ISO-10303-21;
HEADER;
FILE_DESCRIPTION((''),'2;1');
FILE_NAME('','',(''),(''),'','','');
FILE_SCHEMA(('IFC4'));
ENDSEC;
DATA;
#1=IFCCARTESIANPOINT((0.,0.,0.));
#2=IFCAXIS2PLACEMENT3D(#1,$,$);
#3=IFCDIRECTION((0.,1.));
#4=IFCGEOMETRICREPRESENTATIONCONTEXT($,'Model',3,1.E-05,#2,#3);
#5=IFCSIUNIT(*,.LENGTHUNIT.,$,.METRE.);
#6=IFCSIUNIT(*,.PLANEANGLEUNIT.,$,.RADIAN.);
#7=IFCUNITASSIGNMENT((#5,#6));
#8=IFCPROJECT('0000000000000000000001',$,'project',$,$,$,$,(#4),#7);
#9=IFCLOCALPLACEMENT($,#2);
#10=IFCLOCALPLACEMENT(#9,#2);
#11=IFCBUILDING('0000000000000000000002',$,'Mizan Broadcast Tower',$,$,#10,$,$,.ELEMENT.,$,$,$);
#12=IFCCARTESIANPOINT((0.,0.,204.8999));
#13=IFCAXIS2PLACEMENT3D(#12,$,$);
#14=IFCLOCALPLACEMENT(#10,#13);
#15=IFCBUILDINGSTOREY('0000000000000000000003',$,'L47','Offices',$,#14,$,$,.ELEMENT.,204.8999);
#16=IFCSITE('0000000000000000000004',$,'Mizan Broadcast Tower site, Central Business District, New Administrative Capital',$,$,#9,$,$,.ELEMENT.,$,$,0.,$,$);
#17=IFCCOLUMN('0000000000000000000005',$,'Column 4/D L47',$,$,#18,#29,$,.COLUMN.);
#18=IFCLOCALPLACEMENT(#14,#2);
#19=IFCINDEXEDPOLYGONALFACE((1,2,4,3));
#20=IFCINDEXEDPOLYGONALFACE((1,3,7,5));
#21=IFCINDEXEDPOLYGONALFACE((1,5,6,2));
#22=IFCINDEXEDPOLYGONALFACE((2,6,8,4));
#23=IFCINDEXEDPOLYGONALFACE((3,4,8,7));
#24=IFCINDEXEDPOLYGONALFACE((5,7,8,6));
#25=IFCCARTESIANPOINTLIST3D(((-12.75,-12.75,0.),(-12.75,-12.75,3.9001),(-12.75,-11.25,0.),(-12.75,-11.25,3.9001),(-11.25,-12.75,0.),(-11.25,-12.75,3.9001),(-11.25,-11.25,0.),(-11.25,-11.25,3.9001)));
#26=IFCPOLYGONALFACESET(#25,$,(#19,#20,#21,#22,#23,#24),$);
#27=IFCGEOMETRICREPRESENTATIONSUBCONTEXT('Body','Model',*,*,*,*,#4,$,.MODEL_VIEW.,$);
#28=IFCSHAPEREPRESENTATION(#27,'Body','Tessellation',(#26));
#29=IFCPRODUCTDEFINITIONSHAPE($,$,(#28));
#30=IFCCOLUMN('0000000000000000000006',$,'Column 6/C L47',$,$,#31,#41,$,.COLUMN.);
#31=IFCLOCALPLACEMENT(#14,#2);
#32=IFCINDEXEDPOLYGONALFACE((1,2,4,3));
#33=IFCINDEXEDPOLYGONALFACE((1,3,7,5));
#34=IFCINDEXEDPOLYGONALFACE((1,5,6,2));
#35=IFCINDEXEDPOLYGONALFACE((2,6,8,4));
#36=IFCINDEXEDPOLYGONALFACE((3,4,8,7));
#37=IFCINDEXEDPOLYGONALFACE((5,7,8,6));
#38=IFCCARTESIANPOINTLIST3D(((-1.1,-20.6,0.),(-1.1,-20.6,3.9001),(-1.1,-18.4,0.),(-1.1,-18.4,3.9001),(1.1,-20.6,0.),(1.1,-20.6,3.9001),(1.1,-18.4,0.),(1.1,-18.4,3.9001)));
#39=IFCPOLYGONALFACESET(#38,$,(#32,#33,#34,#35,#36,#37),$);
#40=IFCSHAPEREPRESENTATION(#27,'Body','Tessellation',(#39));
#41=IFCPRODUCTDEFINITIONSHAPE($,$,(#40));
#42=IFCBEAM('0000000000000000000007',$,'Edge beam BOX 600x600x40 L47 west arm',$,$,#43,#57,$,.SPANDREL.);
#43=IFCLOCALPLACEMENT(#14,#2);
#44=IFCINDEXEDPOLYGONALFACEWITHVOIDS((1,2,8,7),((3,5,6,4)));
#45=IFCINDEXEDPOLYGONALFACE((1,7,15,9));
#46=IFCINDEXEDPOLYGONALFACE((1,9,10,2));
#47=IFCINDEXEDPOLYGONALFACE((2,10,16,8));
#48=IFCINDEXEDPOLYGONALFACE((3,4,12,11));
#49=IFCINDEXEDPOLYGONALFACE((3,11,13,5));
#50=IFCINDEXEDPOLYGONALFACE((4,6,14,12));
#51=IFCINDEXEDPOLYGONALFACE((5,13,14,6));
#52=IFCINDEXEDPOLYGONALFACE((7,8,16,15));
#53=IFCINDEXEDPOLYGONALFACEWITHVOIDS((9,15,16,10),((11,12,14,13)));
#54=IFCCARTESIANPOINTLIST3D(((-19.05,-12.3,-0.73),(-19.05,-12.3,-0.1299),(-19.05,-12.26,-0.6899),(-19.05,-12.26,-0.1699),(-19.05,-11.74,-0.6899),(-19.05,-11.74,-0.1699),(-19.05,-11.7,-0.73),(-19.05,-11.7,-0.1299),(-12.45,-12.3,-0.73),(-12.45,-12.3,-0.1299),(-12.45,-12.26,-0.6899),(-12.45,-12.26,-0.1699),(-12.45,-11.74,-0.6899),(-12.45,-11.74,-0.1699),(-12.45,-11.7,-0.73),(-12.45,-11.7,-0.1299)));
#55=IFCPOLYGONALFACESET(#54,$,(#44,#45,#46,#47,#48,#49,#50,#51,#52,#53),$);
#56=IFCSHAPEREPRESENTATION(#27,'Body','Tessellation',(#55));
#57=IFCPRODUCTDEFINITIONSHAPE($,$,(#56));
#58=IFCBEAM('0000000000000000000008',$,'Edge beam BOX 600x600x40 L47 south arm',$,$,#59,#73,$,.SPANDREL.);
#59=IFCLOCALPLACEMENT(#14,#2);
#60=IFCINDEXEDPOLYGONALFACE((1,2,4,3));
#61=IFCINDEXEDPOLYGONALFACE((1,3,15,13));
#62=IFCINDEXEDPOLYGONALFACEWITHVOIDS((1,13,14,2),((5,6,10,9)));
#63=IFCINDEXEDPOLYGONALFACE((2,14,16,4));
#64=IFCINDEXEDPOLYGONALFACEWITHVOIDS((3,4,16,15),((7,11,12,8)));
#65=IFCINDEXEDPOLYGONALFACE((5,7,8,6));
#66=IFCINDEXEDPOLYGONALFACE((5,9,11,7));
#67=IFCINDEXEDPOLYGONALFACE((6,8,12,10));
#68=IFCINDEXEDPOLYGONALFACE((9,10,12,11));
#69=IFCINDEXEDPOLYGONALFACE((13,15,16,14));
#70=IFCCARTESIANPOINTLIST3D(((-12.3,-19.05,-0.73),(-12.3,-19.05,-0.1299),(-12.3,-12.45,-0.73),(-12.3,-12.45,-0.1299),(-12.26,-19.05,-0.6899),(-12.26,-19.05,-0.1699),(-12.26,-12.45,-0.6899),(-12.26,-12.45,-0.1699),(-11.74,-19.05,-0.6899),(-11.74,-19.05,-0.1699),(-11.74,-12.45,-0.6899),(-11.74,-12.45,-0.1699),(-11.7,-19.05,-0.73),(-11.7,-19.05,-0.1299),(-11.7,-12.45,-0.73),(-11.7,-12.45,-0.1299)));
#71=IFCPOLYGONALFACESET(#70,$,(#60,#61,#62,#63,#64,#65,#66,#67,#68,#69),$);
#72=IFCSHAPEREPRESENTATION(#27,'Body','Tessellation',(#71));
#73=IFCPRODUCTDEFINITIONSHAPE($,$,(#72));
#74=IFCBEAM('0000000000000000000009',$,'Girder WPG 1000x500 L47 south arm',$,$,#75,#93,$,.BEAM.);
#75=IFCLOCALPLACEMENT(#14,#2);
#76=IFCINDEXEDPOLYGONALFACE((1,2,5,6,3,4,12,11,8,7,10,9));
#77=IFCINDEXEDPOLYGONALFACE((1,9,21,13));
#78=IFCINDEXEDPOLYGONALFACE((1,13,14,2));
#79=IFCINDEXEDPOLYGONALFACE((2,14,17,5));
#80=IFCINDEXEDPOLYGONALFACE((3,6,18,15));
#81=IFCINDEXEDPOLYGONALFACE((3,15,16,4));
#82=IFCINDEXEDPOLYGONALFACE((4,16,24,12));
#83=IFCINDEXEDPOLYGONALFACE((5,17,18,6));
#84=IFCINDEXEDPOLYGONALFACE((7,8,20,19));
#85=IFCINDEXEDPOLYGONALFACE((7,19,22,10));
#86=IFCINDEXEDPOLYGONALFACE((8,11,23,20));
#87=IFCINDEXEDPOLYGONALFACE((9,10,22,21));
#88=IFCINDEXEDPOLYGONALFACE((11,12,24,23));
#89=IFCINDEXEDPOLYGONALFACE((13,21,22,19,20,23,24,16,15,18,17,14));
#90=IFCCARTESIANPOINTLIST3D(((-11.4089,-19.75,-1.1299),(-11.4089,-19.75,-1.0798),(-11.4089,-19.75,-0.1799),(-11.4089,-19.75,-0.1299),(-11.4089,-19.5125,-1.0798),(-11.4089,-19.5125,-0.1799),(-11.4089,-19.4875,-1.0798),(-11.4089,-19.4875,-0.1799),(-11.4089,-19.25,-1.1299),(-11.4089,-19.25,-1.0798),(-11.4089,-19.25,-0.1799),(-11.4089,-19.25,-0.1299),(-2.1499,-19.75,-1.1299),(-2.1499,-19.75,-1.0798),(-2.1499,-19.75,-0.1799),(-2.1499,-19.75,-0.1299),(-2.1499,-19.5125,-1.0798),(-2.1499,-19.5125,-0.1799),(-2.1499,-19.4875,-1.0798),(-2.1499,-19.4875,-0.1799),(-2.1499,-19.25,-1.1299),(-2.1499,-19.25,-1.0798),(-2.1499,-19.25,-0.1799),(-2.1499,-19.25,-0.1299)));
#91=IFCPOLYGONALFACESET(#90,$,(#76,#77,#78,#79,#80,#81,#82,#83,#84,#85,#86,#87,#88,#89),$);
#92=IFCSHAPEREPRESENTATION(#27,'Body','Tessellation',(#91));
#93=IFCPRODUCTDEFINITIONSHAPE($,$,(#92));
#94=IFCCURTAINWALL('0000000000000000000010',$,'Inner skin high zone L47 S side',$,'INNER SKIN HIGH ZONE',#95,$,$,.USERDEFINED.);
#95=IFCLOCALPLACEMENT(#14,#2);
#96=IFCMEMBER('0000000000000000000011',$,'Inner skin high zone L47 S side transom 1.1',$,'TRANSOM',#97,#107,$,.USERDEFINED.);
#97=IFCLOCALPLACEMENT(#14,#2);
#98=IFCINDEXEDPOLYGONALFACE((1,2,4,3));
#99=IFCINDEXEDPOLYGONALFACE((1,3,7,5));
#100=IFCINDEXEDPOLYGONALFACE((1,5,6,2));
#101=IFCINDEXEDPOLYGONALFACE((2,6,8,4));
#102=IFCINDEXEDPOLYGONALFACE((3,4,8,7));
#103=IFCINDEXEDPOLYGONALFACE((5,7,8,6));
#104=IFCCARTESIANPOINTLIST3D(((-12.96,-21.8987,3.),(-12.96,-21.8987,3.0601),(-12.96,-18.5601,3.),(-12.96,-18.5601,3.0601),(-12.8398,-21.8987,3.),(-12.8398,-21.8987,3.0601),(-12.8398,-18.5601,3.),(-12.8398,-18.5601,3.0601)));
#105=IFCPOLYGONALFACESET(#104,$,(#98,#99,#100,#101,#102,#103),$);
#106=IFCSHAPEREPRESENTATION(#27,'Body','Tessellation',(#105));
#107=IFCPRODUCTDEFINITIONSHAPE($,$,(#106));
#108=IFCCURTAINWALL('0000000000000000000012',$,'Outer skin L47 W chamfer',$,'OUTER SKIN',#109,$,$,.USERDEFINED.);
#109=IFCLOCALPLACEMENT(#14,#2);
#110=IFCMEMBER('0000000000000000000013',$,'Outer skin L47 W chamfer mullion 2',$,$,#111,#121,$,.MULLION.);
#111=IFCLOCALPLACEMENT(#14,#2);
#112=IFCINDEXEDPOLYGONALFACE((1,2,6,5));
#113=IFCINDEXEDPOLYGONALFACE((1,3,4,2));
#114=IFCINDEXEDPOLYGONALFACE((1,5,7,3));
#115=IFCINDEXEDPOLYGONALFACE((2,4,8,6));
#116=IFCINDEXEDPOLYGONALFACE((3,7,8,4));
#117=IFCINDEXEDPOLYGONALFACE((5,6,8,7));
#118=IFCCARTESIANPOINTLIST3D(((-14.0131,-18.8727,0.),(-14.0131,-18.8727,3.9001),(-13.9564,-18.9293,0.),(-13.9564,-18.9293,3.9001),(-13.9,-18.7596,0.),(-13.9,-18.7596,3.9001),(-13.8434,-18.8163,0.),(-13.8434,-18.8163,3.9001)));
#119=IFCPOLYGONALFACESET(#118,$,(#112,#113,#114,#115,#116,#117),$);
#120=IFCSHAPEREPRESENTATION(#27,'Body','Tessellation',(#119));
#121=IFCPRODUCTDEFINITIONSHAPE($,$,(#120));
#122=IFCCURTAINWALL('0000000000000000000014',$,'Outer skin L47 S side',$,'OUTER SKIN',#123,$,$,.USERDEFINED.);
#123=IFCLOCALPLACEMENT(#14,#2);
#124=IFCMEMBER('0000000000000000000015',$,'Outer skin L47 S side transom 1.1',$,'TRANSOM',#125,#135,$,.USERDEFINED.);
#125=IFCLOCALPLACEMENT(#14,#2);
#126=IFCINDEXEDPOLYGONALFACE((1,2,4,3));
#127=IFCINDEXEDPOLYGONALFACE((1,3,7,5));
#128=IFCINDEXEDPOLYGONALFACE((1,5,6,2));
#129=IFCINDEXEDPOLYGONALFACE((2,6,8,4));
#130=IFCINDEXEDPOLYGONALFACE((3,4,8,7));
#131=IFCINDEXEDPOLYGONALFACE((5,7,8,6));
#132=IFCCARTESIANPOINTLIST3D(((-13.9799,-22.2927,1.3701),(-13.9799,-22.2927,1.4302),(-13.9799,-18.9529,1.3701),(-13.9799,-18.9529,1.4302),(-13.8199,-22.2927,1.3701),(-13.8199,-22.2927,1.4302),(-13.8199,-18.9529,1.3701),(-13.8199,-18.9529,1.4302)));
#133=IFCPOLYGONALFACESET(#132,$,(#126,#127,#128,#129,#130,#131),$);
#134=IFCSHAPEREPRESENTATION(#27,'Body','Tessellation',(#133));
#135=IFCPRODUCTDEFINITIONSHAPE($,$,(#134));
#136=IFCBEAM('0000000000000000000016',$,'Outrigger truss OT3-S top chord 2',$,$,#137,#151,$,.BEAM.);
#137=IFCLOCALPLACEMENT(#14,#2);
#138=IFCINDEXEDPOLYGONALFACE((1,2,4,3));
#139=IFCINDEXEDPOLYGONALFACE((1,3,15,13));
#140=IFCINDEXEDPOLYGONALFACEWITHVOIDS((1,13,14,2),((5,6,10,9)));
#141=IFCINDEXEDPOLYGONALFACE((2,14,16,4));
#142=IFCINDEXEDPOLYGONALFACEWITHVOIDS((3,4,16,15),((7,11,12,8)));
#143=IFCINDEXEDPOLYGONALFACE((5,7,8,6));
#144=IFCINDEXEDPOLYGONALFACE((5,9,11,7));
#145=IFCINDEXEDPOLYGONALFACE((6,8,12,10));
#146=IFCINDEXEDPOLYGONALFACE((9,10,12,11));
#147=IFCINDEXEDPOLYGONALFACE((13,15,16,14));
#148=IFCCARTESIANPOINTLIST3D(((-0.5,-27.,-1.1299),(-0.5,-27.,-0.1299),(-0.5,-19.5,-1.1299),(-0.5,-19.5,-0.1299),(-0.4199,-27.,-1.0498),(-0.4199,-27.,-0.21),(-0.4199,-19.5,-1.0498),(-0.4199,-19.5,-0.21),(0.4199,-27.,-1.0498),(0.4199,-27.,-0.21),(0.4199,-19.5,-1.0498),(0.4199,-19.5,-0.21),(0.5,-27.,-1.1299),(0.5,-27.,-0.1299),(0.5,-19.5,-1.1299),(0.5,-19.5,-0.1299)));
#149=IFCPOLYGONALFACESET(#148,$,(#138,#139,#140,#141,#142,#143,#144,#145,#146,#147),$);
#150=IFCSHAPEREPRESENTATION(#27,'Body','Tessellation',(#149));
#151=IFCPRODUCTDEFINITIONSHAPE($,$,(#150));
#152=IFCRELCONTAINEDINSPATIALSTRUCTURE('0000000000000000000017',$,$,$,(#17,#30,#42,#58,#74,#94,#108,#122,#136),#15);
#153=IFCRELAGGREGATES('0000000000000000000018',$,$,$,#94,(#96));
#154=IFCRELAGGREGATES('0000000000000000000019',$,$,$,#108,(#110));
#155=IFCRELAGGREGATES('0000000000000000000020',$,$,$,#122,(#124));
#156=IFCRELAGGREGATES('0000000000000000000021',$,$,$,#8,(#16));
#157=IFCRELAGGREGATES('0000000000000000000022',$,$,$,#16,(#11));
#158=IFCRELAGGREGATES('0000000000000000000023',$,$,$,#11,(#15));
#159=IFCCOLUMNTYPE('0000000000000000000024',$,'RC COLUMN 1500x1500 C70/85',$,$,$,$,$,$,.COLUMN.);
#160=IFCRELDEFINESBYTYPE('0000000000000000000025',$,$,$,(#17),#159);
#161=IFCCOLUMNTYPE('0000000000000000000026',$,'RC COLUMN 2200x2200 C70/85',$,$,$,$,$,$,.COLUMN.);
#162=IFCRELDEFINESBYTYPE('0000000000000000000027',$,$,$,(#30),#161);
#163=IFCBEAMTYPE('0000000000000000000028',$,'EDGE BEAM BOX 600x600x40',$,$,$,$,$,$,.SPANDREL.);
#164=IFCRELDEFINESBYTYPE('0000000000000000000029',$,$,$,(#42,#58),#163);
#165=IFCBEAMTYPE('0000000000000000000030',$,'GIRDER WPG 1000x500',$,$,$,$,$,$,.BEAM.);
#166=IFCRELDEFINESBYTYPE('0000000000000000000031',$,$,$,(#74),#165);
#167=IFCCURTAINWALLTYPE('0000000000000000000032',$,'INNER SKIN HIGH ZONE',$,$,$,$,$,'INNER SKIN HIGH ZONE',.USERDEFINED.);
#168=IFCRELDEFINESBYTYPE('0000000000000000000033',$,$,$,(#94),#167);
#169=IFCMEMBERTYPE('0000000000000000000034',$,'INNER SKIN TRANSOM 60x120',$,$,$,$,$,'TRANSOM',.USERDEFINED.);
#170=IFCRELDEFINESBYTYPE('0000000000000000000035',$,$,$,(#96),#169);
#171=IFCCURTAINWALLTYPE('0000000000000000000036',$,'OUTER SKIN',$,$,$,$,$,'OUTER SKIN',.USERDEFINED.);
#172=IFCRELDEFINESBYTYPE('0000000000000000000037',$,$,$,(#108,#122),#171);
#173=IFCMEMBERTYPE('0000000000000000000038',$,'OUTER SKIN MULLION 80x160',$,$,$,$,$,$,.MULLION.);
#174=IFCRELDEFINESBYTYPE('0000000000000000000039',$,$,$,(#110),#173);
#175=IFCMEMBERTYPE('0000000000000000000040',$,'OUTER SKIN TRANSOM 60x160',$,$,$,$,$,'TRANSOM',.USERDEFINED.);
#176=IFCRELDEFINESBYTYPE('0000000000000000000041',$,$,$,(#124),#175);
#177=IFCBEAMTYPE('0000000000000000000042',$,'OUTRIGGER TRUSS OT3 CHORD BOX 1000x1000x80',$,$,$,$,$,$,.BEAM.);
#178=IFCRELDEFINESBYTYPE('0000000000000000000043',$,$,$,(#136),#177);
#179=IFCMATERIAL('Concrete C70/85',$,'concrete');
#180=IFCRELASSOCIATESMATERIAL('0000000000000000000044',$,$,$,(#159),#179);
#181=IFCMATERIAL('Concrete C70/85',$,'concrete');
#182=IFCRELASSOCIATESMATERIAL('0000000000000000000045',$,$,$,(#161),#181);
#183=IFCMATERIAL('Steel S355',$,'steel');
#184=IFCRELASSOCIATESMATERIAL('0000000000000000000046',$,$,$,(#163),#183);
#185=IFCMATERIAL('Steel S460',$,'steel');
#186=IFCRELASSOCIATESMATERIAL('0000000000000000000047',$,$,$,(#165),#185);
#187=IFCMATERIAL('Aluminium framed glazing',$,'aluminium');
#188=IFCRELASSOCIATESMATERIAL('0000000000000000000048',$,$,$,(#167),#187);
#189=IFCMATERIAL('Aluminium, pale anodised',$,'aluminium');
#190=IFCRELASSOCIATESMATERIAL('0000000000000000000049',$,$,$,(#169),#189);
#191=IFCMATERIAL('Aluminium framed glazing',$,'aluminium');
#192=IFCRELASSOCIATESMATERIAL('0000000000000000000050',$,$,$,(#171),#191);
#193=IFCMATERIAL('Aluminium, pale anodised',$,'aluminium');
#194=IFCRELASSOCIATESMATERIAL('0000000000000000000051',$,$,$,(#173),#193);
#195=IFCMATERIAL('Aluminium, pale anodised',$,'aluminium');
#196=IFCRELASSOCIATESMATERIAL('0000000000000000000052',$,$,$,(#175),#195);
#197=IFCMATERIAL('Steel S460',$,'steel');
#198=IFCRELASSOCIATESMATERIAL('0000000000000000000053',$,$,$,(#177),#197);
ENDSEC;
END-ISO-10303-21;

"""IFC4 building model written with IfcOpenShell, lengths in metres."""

from ifc_helpers import new_model, si_unit, direction, frame, origin, origin_2d, place, context, subcontext, project, spatial, rectangle, hollow_rectangle, i_section, extrude, material, material_profile, profile_set, type_object, element, aggregate, save


model = new_model("IFC4")

# Units and contexts
model_context = context("Model", 3, precision=1e-05, world=origin(), true_north=direction((0.0, 1.0)))
body_context = subcontext(model_context, "Body", "Model", "MODEL_VIEW")
ifc_project = project(units=[si_unit("LENGTHUNIT", "METRE"), si_unit("PLANEANGLEUNIT", "RADIAN")], contexts=[model_context])

# Site, building, storey
site_placement = place(None, origin())
site = spatial("IfcSite", under=ifc_project, at=site_placement, Name="Mizan Broadcast Tower site, Central Business District, New Administrative Capital", CompositionType="ELEMENT", RefElevation=0.0)
building_placement = place(site_placement, origin())
building = spatial("IfcBuilding", under=site, at=building_placement, Name="Mizan Broadcast Tower", CompositionType="ELEMENT")
storey_placement = place(building_placement, frame((0.0, 0.0, 204.8999)))
storey = spatial("IfcBuildingStorey", under=building, at=storey_placement, Name="L47", Description="Offices", CompositionType="ELEMENT", Elevation=204.8999)

# Columns
ifc_material_1 = material(Name="Concrete C70/85", Category="concrete")
ifc_material_profile_1 = material_profile(ifc_material_1, rectangle(XDim=1.5, YDim=1.5, at=origin_2d()), Name="RC 1500x1500")
ifc_profile_set_1 = profile_set([ifc_material_profile_1], Name="Concrete C70/85")
column_type_1 = type_object("IfcColumnType", Name="RC COLUMN 1500x1500 C70/85", PredefinedType="COLUMN", material=ifc_profile_set_1)
column_1_placement = place(storey_placement, frame((-12.0, -12.0, 0.0), z_axis=(0.0, 0.0, 1.0), x_axis=(1.0, 0.0, 0.0)))
element("IfcColumn", 1, at=column_1_placement, inside=storey, type_object=column_type_1, Name="Column 4/D L47", PredefinedType="COLUMN", context=body_context, shape_type="SweptSolid", body=[
    extrude(rectangle(XDim=1.5, YDim=1.5, at=origin_2d()), origin(), (0.0, 0.0, 1.0), 3.9001),
])
ifc_material_2 = material(Name="Concrete C70/85", Category="concrete")
ifc_material_profile_2 = material_profile(ifc_material_2, rectangle(XDim=2.2, YDim=2.2, at=origin_2d()), Name="RC 2200x2200")
ifc_profile_set_2 = profile_set([ifc_material_profile_2], Name="Concrete C70/85")
column_type_2 = type_object("IfcColumnType", Name="RC COLUMN 2200x2200 C70/85", PredefinedType="COLUMN", material=ifc_profile_set_2)
column_2_placement = place(storey_placement, frame((0.0, -19.5, 0.0), z_axis=(0.0, 0.0, 1.0), x_axis=(1.0, 0.0, 0.0)))
element("IfcColumn", 2, at=column_2_placement, inside=storey, type_object=column_type_2, Name="Column 6/C L47", PredefinedType="COLUMN", context=body_context, shape_type="SweptSolid", body=[
    extrude(rectangle(XDim=2.2, YDim=2.2, at=origin_2d()), origin(), (0.0, 0.0, 1.0), 3.9001),
])

# Beams
ifc_material_3 = material(Name="Steel S355", Category="steel")
ifc_material_profile_3 = material_profile(ifc_material_3, hollow_rectangle(XDim=0.6001, YDim=0.6001, WallThickness=0.04, at=origin_2d()), Name="BOX 600x600x40")
ifc_profile_set_3 = profile_set([ifc_material_profile_3], Name="Steel S355")
beam_type_1 = type_object("IfcBeamType", Name="EDGE BEAM BOX 600x600x40", PredefinedType="SPANDREL", material=ifc_profile_set_3)
for number, where, z_axis, x_axis, name in (
    (3, (-12.45, -12.0, -0.4299), (-1.0, 0.0, 0.0), (0.0, -1.0, 0.0), "Edge beam BOX 600x600x40 L47 west arm"),
    (4, (-12.0, -12.45, -0.4299), (0.0, -1.0, 0.0), (1.0, 0.0, 0.0), "Edge beam BOX 600x600x40 L47 south arm"),
):
    element("IfcBeam", number, at=place(storey_placement, frame(where, z_axis=z_axis, x_axis=x_axis)), inside=storey, type_object=beam_type_1, Name=name, PredefinedType="SPANDREL", context=body_context, shape_type="SweptSolid", body=[
        extrude(hollow_rectangle(XDim=0.6001, YDim=0.6001, WallThickness=0.04, at=origin_2d()), origin(), (0.0, 0.0, 1.0), 6.6001),
    ])
ifc_material_4 = material(Name="Steel S460", Category="steel")
ifc_material_profile_4 = material_profile(ifc_material_4, i_section(OverallWidth=0.5, OverallDepth=1.0, WebThickness=0.0249, FlangeThickness=0.05, at=origin_2d()), Name="WPG 1000x500")
ifc_profile_set_4 = profile_set([ifc_material_profile_4], Name="Steel S460")
beam_type_2 = type_object("IfcBeamType", Name="GIRDER WPG 1000x500", PredefinedType="BEAM", material=ifc_profile_set_4)
beam_1_placement = place(storey_placement, frame((-11.4089, -19.5, -0.6299), z_axis=(1.0, 0.0, 0.0), x_axis=(0.0, 1.0, 0.0)))
element("IfcBeam", 5, at=beam_1_placement, inside=storey, type_object=beam_type_2, Name="Girder WPG 1000x500 L47 south arm", PredefinedType="BEAM", context=body_context, shape_type="SweptSolid", body=[
    extrude(i_section(OverallWidth=0.5, OverallDepth=1.0, WebThickness=0.0249, FlangeThickness=0.05, at=origin_2d()), origin(), (0.0, 0.0, 1.0), 9.259),
])

# Curtain walls, members
ifc_material_5 = material(Name="Aluminium framed glazing", Category="aluminium")
curtain_wall_type_1 = type_object("IfcCurtainWallType", Name="INNER SKIN HIGH ZONE", ElementType="INNER SKIN HIGH ZONE", PredefinedType="USERDEFINED", material=ifc_material_5)
curtain_wall_1_placement = place(storey_placement, origin())
curtain_wall_1 = element("IfcCurtainWall", 6, at=curtain_wall_1_placement, inside=storey, type_object=curtain_wall_type_1, Name="Inner skin high zone L47 S side", ObjectType="INNER SKIN HIGH ZONE", PredefinedType="USERDEFINED")
ifc_material_6 = material(Name="Aluminium, pale anodised", Category="aluminium")
ifc_material_profile_5 = material_profile(ifc_material_6, rectangle(XDim=0.1201, YDim=0.0601, at=origin_2d()), Name="TRANSOM 120x60")
ifc_profile_set_5 = profile_set([ifc_material_profile_5], Name="Aluminium, pale anodised")
member_type_1 = type_object("IfcMemberType", Name="INNER SKIN TRANSOM 60x120", ElementType="TRANSOM", PredefinedType="USERDEFINED", material=ifc_profile_set_5)
member_1_placement = place(storey_placement, frame((-12.8999, -18.5601, 3.03), z_axis=(0.0, -1.0, 0.0), x_axis=(1.0, 0.0, 0.0)))
member_1 = element("IfcMember", 7, at=member_1_placement, type_object=member_type_1, Name="Inner skin high zone L47 S side transom 1.1", ObjectType="TRANSOM", PredefinedType="USERDEFINED", context=body_context, shape_type="SweptSolid", body=[
    extrude(rectangle(XDim=0.1201, YDim=0.0601, at=origin_2d()), origin(), (0.0, 0.0, 1.0), 3.3386),
])
aggregate(curtain_wall_1, [member_1])
ifc_material_7 = material(Name="Aluminium framed glazing", Category="aluminium")
curtain_wall_type_2 = type_object("IfcCurtainWallType", Name="OUTER SKIN", ElementType="OUTER SKIN", PredefinedType="USERDEFINED", material=ifc_material_7)
curtain_wall_2_placement = place(storey_placement, origin())
curtain_wall_2 = element("IfcCurtainWall", 8, at=curtain_wall_2_placement, inside=storey, type_object=curtain_wall_type_2, Name="Outer skin L47 W chamfer", ObjectType="OUTER SKIN", PredefinedType="USERDEFINED")
ifc_material_8 = material(Name="Aluminium, pale anodised", Category="aluminium")
ifc_material_profile_6 = material_profile(ifc_material_8, rectangle(XDim=0.1599, YDim=0.0801, at=origin_2d()), Name="MULLION 160x80")
ifc_profile_set_6 = profile_set([ifc_material_profile_6], Name="Aluminium, pale anodised")
member_type_2 = type_object("IfcMemberType", Name="OUTER SKIN MULLION 80x160", PredefinedType="MULLION", material=ifc_profile_set_6)
member_2_placement = place(storey_placement, frame((-13.9282, -18.8445, 0.0), z_axis=(0.0, 0.0, 1.0), x_axis=(0.707107, 0.707107, 0.0)))
member_2 = element("IfcMember", 9, at=member_2_placement, type_object=member_type_2, Name="Outer skin L47 W chamfer mullion 2", PredefinedType="MULLION", context=body_context, shape_type="SweptSolid", body=[
    extrude(rectangle(XDim=0.1599, YDim=0.0801, at=origin_2d()), origin(), (0.0, 0.0, 1.0), 3.9001),
])
aggregate(curtain_wall_2, [member_2])
curtain_wall_3_placement = place(storey_placement, origin())
curtain_wall_3 = element("IfcCurtainWall", 10, at=curtain_wall_3_placement, inside=storey, type_object=curtain_wall_type_2, Name="Outer skin L47 S side", ObjectType="OUTER SKIN", PredefinedType="USERDEFINED")
ifc_material_9 = material(Name="Aluminium, pale anodised", Category="aluminium")
ifc_material_profile_7 = material_profile(ifc_material_9, rectangle(XDim=0.1599, YDim=0.0601, at=origin_2d()), Name="TRANSOM 160x60")
ifc_profile_set_7 = profile_set([ifc_material_profile_7], Name="Aluminium, pale anodised")
member_type_3 = type_object("IfcMemberType", Name="OUTER SKIN TRANSOM 60x160", ElementType="TRANSOM", PredefinedType="USERDEFINED", material=ifc_profile_set_7)
member_3_placement = place(storey_placement, frame((-13.8999, -18.9529, 1.4001), z_axis=(0.0, -1.0, 0.0), x_axis=(1.0, 0.0, 0.0)))
member_3 = element("IfcMember", 11, at=member_3_placement, type_object=member_type_3, Name="Outer skin L47 S side transom 1.1", ObjectType="TRANSOM", PredefinedType="USERDEFINED", context=body_context, shape_type="SweptSolid", body=[
    extrude(rectangle(XDim=0.1599, YDim=0.0601, at=origin_2d()), origin(), (0.0, 0.0, 1.0), 3.3398),
])
aggregate(curtain_wall_3, [member_3])

# Beam
ifc_material_10 = material(Name="Steel S460", Category="steel")
ifc_material_profile_8 = material_profile(ifc_material_10, hollow_rectangle(XDim=1.0, YDim=1.0, WallThickness=0.0801, at=origin_2d()), Name="BOX 1000x1000x80")
ifc_profile_set_8 = profile_set([ifc_material_profile_8], Name="Steel S460")
beam_type_3 = type_object("IfcBeamType", Name="OUTRIGGER TRUSS OT3 CHORD BOX 1000x1000x80", PredefinedType="BEAM", material=ifc_profile_set_8)
beam_2_placement = place(storey_placement, frame((0.0, -19.5, -0.6299), z_axis=(0.0, -1.0, 0.0), x_axis=(1.0, 0.0, 0.0)))
element("IfcBeam", 12, at=beam_2_placement, inside=storey, type_object=beam_type_3, Name="Outrigger truss OT3-S top chord 2", PredefinedType="BEAM", context=body_context, shape_type="SweptSolid", body=[
    extrude(hollow_rectangle(XDim=1.0, YDim=1.0, WallThickness=0.0801, at=origin_2d()), origin(), (0.0, 0.0, 1.0), 7.5),
])

save(model, "model.ifc")
